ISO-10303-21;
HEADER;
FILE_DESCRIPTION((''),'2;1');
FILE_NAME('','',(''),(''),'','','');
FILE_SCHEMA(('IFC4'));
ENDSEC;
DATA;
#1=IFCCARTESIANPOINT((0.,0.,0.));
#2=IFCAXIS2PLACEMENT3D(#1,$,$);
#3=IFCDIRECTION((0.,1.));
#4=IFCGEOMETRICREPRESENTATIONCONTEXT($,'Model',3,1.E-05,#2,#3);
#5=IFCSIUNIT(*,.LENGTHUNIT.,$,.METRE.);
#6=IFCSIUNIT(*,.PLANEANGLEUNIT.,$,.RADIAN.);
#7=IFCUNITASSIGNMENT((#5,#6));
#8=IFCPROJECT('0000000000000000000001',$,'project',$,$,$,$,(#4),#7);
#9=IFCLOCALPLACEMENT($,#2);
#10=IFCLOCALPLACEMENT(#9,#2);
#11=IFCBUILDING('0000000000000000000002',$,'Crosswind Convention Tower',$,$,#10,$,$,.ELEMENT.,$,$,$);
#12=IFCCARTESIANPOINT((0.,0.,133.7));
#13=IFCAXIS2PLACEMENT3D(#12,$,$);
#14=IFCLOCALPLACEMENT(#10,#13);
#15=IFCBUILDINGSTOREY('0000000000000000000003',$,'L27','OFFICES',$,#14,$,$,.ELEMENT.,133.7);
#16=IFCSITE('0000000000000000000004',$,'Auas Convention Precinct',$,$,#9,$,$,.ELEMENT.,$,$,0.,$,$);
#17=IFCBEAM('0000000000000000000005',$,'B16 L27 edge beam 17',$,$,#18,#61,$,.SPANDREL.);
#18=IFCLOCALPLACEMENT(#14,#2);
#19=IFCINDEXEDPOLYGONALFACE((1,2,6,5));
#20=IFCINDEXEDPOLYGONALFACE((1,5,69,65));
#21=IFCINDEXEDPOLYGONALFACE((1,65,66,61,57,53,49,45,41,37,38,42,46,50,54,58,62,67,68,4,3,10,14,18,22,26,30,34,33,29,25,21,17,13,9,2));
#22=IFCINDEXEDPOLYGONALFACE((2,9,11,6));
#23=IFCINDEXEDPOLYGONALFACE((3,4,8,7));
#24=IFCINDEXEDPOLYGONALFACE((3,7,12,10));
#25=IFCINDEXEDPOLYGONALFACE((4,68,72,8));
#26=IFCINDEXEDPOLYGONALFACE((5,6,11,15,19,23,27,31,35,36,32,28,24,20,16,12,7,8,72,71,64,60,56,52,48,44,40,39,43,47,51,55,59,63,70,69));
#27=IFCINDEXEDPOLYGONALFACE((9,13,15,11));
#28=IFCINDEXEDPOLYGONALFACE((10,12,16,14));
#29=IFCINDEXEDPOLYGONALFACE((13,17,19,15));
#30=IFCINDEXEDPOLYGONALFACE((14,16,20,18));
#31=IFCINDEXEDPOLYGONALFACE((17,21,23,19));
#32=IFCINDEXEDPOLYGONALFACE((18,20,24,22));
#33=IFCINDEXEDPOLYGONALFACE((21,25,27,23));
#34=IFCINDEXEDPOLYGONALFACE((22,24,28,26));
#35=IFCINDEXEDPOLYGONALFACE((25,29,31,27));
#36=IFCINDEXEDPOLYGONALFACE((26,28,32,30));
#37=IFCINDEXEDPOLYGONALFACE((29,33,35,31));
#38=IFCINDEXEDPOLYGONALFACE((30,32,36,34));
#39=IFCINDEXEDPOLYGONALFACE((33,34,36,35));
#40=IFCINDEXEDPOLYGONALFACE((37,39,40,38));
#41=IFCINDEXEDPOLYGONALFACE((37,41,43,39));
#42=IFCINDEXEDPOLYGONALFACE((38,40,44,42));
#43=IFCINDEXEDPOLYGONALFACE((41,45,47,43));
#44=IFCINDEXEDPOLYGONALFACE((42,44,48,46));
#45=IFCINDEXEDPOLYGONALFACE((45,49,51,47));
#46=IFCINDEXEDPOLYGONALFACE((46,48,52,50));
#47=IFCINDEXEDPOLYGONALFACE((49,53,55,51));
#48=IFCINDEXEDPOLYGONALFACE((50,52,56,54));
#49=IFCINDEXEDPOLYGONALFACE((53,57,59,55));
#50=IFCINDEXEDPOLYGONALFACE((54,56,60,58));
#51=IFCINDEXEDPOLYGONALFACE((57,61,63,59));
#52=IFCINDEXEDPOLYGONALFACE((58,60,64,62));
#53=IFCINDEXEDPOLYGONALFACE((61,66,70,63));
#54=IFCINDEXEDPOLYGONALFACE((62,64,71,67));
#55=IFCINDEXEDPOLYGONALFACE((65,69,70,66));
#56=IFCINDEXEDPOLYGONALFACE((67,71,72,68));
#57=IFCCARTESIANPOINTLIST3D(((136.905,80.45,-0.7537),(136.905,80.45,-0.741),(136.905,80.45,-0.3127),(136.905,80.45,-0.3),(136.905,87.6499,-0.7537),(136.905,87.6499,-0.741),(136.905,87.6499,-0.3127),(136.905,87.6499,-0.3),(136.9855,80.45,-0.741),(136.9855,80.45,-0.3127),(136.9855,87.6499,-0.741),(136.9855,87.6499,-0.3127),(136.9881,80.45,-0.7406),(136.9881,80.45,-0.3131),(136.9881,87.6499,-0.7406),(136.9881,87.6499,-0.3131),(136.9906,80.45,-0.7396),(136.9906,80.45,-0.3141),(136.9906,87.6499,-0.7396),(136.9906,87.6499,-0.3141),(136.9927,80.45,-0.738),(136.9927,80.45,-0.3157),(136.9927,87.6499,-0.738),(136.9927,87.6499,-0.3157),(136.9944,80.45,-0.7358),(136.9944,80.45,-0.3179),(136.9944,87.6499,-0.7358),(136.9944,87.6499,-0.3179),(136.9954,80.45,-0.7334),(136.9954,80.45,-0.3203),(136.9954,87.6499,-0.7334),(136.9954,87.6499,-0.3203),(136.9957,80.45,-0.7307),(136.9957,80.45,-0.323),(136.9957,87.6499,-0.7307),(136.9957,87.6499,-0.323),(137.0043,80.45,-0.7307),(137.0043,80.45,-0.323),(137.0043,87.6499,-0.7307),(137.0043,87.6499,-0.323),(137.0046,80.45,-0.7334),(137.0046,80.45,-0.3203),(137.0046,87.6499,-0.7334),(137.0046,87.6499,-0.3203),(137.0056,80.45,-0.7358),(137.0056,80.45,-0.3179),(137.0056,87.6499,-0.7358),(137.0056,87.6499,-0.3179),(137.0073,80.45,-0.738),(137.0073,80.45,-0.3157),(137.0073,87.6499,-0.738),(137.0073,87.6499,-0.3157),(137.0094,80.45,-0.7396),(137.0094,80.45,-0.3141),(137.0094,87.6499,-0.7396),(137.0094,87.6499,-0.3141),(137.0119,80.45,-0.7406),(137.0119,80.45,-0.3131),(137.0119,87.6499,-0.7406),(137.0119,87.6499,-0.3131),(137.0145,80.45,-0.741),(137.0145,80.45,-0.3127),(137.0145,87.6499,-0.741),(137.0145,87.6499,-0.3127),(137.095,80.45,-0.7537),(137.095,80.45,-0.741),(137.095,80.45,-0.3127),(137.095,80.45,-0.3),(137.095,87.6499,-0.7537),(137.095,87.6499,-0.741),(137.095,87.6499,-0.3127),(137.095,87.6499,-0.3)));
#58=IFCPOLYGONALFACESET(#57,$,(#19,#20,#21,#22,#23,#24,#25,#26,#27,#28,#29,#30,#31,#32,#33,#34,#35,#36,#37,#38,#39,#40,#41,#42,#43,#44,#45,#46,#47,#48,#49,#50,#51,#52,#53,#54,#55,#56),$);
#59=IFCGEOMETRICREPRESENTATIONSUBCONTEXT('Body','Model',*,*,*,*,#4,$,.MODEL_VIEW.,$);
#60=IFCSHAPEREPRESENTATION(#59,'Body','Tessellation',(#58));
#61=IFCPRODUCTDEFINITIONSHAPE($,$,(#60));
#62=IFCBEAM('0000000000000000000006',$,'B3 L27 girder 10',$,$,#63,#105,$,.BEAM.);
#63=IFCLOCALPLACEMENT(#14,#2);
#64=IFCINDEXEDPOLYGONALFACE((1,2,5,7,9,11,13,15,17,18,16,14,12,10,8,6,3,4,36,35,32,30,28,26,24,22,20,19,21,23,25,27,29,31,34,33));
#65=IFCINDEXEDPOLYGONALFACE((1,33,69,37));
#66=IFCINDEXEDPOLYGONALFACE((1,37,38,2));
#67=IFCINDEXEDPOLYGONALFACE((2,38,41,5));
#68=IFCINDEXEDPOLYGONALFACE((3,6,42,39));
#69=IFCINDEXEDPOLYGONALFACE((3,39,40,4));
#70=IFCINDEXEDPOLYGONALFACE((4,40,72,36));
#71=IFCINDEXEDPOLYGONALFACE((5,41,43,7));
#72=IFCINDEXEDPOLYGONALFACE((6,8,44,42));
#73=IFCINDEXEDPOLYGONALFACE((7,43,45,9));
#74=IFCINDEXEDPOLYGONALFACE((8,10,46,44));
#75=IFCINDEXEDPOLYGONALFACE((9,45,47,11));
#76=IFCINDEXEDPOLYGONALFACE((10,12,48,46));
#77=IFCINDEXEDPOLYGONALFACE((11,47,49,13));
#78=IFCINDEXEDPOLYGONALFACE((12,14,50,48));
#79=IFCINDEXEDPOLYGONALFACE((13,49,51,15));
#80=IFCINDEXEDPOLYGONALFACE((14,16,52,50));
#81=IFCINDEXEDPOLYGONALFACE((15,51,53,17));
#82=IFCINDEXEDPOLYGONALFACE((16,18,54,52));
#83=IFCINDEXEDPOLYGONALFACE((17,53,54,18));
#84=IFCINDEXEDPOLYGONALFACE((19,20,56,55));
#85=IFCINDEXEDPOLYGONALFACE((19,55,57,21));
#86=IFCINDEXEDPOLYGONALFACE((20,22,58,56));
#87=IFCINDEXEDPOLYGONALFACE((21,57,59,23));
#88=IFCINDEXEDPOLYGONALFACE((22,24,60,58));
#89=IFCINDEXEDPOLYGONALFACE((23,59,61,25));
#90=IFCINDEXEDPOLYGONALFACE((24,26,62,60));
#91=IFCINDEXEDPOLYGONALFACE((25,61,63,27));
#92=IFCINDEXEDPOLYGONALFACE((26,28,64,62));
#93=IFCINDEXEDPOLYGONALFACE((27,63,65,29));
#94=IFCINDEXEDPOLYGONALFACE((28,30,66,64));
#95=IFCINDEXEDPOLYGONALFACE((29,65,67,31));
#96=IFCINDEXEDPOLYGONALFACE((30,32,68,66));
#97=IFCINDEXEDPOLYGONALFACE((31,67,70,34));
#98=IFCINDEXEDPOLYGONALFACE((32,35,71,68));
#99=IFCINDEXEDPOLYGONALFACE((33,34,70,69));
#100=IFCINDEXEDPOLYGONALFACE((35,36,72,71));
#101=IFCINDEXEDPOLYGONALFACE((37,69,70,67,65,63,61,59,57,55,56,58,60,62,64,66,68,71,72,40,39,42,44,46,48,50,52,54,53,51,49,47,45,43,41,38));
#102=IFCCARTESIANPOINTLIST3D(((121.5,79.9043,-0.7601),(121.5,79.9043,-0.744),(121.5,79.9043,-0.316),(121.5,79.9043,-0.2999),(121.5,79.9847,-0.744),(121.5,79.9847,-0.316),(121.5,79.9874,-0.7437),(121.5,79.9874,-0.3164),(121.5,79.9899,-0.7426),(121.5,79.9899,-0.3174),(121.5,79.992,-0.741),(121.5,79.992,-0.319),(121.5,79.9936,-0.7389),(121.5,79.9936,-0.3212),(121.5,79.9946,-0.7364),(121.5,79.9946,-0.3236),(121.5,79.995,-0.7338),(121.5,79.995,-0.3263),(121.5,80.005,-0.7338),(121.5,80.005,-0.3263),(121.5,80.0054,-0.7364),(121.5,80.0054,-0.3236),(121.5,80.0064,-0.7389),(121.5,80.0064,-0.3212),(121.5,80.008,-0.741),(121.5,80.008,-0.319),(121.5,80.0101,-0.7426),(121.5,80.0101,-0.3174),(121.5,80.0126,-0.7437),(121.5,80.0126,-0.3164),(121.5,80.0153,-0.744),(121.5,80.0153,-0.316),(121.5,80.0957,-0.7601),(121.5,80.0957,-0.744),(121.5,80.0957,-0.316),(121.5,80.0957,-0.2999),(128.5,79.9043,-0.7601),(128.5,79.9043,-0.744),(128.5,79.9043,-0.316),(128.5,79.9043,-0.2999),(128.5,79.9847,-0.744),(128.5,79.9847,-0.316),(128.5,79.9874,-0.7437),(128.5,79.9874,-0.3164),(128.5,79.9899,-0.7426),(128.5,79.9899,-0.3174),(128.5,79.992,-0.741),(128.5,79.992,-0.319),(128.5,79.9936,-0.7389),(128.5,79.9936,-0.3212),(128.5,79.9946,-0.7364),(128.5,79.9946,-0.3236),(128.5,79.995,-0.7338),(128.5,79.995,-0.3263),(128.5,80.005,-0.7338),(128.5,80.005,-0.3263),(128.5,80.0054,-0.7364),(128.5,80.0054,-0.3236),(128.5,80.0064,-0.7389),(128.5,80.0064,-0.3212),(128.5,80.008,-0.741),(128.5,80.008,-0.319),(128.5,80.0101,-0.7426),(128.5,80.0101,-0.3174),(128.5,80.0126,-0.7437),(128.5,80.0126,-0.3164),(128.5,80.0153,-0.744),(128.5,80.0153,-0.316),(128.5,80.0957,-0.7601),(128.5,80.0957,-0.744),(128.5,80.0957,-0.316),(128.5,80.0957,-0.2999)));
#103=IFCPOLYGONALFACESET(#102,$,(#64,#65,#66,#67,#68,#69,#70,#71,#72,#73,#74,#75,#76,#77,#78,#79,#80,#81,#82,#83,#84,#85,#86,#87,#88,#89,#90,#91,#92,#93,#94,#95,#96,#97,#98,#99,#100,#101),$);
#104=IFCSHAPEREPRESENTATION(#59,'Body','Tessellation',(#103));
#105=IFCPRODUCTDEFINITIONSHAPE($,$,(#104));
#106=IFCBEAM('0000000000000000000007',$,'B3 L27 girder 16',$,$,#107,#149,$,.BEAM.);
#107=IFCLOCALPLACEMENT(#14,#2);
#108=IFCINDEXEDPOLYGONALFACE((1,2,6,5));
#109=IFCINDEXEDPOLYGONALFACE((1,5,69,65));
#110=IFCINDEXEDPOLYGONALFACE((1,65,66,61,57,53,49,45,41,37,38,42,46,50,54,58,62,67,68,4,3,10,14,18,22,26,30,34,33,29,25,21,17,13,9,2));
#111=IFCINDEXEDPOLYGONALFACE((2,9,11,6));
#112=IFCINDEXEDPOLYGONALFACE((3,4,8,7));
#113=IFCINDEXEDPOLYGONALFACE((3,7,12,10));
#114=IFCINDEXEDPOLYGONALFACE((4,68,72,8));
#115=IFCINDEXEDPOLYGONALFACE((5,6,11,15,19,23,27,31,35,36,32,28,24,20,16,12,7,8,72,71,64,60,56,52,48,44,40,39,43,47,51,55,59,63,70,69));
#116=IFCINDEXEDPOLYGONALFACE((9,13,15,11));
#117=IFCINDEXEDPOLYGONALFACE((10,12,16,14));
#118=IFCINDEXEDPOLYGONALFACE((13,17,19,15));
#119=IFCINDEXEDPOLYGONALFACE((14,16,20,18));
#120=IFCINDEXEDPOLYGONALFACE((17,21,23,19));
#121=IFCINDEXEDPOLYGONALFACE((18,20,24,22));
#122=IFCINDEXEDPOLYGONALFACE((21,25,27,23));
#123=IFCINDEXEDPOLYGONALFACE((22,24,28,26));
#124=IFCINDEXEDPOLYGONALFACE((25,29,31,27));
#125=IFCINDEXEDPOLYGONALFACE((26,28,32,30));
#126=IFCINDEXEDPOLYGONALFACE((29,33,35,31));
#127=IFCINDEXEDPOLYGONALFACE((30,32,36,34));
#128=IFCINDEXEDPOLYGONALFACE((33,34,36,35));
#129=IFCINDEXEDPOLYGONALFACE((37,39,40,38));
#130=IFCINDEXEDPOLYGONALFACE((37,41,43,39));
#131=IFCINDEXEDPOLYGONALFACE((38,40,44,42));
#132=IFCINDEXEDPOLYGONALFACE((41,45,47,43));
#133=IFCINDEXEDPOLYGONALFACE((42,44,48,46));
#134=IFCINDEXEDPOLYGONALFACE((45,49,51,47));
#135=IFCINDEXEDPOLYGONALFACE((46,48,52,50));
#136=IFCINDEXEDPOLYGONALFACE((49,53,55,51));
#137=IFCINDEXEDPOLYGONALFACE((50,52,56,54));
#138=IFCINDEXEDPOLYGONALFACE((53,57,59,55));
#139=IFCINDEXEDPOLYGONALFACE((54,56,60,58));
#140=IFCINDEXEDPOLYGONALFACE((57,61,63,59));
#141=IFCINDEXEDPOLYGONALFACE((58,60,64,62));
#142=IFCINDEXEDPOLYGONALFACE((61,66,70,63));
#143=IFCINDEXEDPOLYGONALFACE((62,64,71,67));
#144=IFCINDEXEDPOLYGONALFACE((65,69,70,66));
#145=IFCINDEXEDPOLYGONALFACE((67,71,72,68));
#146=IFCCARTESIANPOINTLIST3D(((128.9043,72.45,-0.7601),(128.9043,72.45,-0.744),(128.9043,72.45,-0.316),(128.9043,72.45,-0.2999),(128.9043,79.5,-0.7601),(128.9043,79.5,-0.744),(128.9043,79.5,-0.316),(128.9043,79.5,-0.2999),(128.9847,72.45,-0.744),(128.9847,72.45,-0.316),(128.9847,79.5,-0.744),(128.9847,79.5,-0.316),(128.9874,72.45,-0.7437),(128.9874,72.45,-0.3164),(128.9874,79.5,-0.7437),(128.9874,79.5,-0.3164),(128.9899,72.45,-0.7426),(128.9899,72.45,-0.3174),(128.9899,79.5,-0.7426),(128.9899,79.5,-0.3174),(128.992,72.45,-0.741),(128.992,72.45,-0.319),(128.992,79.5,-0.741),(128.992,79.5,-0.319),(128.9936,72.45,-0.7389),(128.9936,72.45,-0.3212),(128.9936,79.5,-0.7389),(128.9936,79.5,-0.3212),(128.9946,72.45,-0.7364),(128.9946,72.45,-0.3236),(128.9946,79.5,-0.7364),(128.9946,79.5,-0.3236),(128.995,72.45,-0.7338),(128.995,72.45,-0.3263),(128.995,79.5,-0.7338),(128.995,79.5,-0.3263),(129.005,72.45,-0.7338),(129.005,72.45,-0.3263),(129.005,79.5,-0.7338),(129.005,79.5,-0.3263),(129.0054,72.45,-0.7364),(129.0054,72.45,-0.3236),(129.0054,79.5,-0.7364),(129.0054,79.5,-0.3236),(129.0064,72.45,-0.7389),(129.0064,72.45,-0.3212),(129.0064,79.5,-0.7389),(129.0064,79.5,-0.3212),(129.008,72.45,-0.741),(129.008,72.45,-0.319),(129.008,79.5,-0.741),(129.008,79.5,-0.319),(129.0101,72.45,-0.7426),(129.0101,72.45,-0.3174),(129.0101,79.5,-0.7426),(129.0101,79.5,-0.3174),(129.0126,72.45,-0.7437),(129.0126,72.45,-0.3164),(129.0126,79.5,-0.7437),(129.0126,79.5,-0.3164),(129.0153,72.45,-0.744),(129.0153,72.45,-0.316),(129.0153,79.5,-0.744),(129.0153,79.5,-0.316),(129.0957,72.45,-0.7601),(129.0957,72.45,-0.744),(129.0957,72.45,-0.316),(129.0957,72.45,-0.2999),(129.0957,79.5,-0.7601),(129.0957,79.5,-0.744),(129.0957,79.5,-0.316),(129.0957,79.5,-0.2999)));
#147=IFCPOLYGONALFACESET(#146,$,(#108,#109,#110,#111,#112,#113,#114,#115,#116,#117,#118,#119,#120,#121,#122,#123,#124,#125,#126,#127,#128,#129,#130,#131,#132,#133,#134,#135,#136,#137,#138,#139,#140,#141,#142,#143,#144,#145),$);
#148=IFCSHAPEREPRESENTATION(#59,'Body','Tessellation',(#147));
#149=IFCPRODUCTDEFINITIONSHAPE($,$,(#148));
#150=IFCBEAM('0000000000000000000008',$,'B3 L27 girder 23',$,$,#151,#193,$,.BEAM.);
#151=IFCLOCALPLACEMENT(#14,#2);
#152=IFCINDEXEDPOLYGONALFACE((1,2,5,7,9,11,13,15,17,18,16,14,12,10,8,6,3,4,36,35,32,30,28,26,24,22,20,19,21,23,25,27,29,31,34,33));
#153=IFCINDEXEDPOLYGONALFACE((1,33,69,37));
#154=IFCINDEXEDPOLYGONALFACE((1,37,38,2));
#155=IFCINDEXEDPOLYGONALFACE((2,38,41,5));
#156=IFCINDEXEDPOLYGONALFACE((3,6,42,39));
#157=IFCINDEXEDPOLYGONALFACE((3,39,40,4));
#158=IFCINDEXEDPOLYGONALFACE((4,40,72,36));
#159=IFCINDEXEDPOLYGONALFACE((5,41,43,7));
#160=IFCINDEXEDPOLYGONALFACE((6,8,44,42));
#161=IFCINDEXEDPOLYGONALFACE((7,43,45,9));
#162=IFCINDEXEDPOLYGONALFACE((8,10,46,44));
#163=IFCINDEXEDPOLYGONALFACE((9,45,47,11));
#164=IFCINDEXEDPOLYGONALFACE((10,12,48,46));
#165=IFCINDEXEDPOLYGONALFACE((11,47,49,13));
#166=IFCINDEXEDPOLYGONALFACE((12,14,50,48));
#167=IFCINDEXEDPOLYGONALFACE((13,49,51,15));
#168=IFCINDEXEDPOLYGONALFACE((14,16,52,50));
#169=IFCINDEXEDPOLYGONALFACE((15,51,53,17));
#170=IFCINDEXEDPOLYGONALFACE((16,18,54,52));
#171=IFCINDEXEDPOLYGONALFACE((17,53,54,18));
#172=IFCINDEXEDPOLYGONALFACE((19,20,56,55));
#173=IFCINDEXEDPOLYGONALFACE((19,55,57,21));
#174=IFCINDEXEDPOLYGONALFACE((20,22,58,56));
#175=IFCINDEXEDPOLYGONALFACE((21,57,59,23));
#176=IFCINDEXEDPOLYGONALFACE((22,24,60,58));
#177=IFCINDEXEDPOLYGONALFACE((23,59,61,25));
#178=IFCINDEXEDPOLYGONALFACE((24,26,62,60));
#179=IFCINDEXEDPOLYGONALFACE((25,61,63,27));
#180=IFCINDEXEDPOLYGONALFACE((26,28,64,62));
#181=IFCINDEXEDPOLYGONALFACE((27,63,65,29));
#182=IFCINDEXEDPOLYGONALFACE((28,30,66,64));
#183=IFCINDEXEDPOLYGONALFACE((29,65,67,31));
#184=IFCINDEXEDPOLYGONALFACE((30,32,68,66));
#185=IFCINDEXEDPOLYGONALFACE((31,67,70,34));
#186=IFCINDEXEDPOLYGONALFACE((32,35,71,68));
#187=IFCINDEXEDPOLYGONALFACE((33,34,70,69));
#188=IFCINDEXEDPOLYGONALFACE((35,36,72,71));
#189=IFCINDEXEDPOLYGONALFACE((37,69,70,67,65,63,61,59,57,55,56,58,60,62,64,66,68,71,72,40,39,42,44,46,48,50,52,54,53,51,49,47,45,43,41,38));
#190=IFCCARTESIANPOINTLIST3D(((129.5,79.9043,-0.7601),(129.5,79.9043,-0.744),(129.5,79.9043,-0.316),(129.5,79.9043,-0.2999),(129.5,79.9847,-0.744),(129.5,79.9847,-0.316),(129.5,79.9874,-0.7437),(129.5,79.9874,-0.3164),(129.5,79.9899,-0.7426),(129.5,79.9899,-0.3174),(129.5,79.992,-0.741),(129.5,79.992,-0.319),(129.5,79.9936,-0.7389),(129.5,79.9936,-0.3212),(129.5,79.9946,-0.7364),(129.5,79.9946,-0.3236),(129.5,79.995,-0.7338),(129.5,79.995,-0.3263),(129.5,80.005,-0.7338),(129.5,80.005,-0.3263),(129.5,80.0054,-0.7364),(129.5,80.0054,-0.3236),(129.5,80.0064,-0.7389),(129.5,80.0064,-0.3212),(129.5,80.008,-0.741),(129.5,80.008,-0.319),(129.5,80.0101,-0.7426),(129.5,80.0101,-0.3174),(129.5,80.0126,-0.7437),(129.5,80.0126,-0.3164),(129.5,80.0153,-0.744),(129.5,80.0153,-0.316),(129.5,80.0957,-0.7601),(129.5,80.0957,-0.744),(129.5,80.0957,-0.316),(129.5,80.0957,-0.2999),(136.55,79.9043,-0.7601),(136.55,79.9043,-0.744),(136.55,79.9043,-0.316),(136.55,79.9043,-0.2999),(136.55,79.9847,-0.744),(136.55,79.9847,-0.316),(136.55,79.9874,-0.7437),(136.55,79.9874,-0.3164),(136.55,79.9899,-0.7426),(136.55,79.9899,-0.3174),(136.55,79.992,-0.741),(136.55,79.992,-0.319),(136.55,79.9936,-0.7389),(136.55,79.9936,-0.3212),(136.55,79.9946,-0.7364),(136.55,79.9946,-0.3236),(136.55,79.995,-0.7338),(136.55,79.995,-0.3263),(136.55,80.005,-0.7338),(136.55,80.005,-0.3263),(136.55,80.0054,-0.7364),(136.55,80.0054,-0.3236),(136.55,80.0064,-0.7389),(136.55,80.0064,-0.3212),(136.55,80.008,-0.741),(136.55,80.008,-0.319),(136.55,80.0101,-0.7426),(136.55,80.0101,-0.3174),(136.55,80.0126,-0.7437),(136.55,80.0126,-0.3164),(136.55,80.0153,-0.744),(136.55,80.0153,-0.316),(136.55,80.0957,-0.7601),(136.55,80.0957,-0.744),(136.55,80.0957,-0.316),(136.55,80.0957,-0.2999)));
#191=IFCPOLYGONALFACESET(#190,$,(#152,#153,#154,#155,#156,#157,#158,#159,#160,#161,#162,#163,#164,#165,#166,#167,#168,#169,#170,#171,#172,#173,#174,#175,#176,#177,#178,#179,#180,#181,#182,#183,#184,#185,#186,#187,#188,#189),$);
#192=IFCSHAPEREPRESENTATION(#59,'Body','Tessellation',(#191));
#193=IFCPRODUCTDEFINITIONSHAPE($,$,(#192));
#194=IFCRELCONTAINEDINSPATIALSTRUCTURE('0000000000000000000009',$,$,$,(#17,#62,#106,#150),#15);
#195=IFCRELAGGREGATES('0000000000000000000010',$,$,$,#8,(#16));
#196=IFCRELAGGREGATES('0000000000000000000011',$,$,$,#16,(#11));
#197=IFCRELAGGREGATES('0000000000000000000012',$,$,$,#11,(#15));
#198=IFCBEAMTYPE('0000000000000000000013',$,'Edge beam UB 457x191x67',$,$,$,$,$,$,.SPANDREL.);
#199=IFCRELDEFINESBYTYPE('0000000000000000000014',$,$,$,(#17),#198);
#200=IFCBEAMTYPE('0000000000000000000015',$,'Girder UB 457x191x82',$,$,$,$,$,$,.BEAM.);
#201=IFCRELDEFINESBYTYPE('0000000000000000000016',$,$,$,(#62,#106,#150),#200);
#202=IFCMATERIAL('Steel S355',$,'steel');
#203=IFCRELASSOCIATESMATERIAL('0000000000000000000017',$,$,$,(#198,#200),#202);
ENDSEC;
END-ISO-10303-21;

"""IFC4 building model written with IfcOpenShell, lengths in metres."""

from ifc_helpers import new_model, si_unit, direction, frame, origin, origin_2d, place, context, subcontext, project, spatial, i_section, extrude, material, material_profile, profile_set, type_object, element, save


model = new_model("IFC4")

# Units and contexts
model_context = context("Model", 3, precision=1e-05, world=origin(), true_north=direction((0.0, 1.0)))
body_context = subcontext(model_context, "Body", "Model", "MODEL_VIEW")
ifc_project = project(units=[si_unit("LENGTHUNIT", "METRE"), si_unit("PLANEANGLEUNIT", "RADIAN")], contexts=[model_context])

# Site, building, storey
site_placement = place(None, origin())
site = spatial("IfcSite", under=ifc_project, at=site_placement, Name="Auas Convention Precinct", CompositionType="ELEMENT", RefElevation=0.0)
building_placement = place(site_placement, origin())
building = spatial("IfcBuilding", under=site, at=building_placement, Name="Crosswind Convention Tower", CompositionType="ELEMENT")
storey_placement = place(building_placement, frame((0.0, 0.0, 133.7)))
storey = spatial("IfcBuildingStorey", under=building, at=storey_placement, Name="L27", Description="OFFICES", CompositionType="ELEMENT", Elevation=133.7)

# Beams
ifc_material_1 = material(Name="Steel S355", Category="steel")
ifc_material_profile_1 = material_profile(ifc_material_1, i_section(OverallWidth=0.1899, OverallDepth=0.4536, WebThickness=0.0085, FlangeThickness=0.0127, FilletRadius=0.0103, at=origin_2d()), Name="UB 457x191x67")
ifc_profile_set_1 = profile_set([ifc_material_profile_1], Name="Steel S355")
beam_type_1 = type_object("IfcBeamType", Name="Edge beam UB 457x191x67", PredefinedType="SPANDREL", material=ifc_profile_set_1)
for number, where, z_axis, x_axis, name in (
    (1, (137.0, 80.45, -0.5269), (0.0, 1.0, 0.0), (-1.0, 0.0, 0.0), "B16 L27 edge beam 17"),
):
    element("IfcBeam", number, at=place(storey_placement, frame(where, z_axis=z_axis, x_axis=x_axis)), inside=storey, type_object=beam_type_1, Name=name, PredefinedType="SPANDREL", context=body_context, shape_type="SweptSolid", body=[
        extrude(i_section(OverallWidth=0.1899, OverallDepth=0.4536, WebThickness=0.0085, FlangeThickness=0.0127, FilletRadius=0.0103, at=origin_2d()), origin(), (0.0, 0.0, 1.0), 7.2),
    ])
ifc_material_profile_2 = material_profile(ifc_material_1, i_section(OverallWidth=0.1914, OverallDepth=0.4602, WebThickness=0.01, FlangeThickness=0.0161, FilletRadius=0.0103, at=origin_2d()), Name="UB 457x191x82")
ifc_profile_set_2 = profile_set([ifc_material_profile_2], Name="Steel S355")
beam_type_2 = type_object("IfcBeamType", Name="Girder UB 457x191x82", PredefinedType="BEAM", material=ifc_profile_set_2)
beam_1_placement = place(storey_placement, frame((121.5, 80.0, -0.53), z_axis=(1.0, 0.0, 0.0), x_axis=(0.0, 1.0, 0.0)))
element("IfcBeam", 2, at=beam_1_placement, inside=storey, type_object=beam_type_2, Name="B3 L27 girder 10", PredefinedType="BEAM", context=body_context, shape_type="SweptSolid", body=[
    extrude(i_section(OverallWidth=0.1914, OverallDepth=0.4602, WebThickness=0.01, FlangeThickness=0.0161, FilletRadius=0.0103, at=origin_2d()), origin(), (0.0, 0.0, 1.0), 7.0),
])
for number, where, z_axis, x_axis, name in (
    (3, (129.0, 72.45, -0.53), (0.0, 1.0, 0.0), (-1.0, 0.0, 0.0), "B3 L27 girder 16"),
    (4, (129.5, 80.0, -0.53), (1.0, 0.0, 0.0), (0.0, 1.0, 0.0), "B3 L27 girder 23"),
):
    element("IfcBeam", number, at=place(storey_placement, frame(where, z_axis=z_axis, x_axis=x_axis)), inside=storey, type_object=beam_type_2, Name=name, PredefinedType="BEAM", context=body_context, shape_type="SweptSolid", body=[
        extrude(i_section(OverallWidth=0.1914, OverallDepth=0.4602, WebThickness=0.01, FlangeThickness=0.0161, FilletRadius=0.0103, at=origin_2d()), origin(), (0.0, 0.0, 1.0), 7.05),
    ])

save(model, "model.ifc")
